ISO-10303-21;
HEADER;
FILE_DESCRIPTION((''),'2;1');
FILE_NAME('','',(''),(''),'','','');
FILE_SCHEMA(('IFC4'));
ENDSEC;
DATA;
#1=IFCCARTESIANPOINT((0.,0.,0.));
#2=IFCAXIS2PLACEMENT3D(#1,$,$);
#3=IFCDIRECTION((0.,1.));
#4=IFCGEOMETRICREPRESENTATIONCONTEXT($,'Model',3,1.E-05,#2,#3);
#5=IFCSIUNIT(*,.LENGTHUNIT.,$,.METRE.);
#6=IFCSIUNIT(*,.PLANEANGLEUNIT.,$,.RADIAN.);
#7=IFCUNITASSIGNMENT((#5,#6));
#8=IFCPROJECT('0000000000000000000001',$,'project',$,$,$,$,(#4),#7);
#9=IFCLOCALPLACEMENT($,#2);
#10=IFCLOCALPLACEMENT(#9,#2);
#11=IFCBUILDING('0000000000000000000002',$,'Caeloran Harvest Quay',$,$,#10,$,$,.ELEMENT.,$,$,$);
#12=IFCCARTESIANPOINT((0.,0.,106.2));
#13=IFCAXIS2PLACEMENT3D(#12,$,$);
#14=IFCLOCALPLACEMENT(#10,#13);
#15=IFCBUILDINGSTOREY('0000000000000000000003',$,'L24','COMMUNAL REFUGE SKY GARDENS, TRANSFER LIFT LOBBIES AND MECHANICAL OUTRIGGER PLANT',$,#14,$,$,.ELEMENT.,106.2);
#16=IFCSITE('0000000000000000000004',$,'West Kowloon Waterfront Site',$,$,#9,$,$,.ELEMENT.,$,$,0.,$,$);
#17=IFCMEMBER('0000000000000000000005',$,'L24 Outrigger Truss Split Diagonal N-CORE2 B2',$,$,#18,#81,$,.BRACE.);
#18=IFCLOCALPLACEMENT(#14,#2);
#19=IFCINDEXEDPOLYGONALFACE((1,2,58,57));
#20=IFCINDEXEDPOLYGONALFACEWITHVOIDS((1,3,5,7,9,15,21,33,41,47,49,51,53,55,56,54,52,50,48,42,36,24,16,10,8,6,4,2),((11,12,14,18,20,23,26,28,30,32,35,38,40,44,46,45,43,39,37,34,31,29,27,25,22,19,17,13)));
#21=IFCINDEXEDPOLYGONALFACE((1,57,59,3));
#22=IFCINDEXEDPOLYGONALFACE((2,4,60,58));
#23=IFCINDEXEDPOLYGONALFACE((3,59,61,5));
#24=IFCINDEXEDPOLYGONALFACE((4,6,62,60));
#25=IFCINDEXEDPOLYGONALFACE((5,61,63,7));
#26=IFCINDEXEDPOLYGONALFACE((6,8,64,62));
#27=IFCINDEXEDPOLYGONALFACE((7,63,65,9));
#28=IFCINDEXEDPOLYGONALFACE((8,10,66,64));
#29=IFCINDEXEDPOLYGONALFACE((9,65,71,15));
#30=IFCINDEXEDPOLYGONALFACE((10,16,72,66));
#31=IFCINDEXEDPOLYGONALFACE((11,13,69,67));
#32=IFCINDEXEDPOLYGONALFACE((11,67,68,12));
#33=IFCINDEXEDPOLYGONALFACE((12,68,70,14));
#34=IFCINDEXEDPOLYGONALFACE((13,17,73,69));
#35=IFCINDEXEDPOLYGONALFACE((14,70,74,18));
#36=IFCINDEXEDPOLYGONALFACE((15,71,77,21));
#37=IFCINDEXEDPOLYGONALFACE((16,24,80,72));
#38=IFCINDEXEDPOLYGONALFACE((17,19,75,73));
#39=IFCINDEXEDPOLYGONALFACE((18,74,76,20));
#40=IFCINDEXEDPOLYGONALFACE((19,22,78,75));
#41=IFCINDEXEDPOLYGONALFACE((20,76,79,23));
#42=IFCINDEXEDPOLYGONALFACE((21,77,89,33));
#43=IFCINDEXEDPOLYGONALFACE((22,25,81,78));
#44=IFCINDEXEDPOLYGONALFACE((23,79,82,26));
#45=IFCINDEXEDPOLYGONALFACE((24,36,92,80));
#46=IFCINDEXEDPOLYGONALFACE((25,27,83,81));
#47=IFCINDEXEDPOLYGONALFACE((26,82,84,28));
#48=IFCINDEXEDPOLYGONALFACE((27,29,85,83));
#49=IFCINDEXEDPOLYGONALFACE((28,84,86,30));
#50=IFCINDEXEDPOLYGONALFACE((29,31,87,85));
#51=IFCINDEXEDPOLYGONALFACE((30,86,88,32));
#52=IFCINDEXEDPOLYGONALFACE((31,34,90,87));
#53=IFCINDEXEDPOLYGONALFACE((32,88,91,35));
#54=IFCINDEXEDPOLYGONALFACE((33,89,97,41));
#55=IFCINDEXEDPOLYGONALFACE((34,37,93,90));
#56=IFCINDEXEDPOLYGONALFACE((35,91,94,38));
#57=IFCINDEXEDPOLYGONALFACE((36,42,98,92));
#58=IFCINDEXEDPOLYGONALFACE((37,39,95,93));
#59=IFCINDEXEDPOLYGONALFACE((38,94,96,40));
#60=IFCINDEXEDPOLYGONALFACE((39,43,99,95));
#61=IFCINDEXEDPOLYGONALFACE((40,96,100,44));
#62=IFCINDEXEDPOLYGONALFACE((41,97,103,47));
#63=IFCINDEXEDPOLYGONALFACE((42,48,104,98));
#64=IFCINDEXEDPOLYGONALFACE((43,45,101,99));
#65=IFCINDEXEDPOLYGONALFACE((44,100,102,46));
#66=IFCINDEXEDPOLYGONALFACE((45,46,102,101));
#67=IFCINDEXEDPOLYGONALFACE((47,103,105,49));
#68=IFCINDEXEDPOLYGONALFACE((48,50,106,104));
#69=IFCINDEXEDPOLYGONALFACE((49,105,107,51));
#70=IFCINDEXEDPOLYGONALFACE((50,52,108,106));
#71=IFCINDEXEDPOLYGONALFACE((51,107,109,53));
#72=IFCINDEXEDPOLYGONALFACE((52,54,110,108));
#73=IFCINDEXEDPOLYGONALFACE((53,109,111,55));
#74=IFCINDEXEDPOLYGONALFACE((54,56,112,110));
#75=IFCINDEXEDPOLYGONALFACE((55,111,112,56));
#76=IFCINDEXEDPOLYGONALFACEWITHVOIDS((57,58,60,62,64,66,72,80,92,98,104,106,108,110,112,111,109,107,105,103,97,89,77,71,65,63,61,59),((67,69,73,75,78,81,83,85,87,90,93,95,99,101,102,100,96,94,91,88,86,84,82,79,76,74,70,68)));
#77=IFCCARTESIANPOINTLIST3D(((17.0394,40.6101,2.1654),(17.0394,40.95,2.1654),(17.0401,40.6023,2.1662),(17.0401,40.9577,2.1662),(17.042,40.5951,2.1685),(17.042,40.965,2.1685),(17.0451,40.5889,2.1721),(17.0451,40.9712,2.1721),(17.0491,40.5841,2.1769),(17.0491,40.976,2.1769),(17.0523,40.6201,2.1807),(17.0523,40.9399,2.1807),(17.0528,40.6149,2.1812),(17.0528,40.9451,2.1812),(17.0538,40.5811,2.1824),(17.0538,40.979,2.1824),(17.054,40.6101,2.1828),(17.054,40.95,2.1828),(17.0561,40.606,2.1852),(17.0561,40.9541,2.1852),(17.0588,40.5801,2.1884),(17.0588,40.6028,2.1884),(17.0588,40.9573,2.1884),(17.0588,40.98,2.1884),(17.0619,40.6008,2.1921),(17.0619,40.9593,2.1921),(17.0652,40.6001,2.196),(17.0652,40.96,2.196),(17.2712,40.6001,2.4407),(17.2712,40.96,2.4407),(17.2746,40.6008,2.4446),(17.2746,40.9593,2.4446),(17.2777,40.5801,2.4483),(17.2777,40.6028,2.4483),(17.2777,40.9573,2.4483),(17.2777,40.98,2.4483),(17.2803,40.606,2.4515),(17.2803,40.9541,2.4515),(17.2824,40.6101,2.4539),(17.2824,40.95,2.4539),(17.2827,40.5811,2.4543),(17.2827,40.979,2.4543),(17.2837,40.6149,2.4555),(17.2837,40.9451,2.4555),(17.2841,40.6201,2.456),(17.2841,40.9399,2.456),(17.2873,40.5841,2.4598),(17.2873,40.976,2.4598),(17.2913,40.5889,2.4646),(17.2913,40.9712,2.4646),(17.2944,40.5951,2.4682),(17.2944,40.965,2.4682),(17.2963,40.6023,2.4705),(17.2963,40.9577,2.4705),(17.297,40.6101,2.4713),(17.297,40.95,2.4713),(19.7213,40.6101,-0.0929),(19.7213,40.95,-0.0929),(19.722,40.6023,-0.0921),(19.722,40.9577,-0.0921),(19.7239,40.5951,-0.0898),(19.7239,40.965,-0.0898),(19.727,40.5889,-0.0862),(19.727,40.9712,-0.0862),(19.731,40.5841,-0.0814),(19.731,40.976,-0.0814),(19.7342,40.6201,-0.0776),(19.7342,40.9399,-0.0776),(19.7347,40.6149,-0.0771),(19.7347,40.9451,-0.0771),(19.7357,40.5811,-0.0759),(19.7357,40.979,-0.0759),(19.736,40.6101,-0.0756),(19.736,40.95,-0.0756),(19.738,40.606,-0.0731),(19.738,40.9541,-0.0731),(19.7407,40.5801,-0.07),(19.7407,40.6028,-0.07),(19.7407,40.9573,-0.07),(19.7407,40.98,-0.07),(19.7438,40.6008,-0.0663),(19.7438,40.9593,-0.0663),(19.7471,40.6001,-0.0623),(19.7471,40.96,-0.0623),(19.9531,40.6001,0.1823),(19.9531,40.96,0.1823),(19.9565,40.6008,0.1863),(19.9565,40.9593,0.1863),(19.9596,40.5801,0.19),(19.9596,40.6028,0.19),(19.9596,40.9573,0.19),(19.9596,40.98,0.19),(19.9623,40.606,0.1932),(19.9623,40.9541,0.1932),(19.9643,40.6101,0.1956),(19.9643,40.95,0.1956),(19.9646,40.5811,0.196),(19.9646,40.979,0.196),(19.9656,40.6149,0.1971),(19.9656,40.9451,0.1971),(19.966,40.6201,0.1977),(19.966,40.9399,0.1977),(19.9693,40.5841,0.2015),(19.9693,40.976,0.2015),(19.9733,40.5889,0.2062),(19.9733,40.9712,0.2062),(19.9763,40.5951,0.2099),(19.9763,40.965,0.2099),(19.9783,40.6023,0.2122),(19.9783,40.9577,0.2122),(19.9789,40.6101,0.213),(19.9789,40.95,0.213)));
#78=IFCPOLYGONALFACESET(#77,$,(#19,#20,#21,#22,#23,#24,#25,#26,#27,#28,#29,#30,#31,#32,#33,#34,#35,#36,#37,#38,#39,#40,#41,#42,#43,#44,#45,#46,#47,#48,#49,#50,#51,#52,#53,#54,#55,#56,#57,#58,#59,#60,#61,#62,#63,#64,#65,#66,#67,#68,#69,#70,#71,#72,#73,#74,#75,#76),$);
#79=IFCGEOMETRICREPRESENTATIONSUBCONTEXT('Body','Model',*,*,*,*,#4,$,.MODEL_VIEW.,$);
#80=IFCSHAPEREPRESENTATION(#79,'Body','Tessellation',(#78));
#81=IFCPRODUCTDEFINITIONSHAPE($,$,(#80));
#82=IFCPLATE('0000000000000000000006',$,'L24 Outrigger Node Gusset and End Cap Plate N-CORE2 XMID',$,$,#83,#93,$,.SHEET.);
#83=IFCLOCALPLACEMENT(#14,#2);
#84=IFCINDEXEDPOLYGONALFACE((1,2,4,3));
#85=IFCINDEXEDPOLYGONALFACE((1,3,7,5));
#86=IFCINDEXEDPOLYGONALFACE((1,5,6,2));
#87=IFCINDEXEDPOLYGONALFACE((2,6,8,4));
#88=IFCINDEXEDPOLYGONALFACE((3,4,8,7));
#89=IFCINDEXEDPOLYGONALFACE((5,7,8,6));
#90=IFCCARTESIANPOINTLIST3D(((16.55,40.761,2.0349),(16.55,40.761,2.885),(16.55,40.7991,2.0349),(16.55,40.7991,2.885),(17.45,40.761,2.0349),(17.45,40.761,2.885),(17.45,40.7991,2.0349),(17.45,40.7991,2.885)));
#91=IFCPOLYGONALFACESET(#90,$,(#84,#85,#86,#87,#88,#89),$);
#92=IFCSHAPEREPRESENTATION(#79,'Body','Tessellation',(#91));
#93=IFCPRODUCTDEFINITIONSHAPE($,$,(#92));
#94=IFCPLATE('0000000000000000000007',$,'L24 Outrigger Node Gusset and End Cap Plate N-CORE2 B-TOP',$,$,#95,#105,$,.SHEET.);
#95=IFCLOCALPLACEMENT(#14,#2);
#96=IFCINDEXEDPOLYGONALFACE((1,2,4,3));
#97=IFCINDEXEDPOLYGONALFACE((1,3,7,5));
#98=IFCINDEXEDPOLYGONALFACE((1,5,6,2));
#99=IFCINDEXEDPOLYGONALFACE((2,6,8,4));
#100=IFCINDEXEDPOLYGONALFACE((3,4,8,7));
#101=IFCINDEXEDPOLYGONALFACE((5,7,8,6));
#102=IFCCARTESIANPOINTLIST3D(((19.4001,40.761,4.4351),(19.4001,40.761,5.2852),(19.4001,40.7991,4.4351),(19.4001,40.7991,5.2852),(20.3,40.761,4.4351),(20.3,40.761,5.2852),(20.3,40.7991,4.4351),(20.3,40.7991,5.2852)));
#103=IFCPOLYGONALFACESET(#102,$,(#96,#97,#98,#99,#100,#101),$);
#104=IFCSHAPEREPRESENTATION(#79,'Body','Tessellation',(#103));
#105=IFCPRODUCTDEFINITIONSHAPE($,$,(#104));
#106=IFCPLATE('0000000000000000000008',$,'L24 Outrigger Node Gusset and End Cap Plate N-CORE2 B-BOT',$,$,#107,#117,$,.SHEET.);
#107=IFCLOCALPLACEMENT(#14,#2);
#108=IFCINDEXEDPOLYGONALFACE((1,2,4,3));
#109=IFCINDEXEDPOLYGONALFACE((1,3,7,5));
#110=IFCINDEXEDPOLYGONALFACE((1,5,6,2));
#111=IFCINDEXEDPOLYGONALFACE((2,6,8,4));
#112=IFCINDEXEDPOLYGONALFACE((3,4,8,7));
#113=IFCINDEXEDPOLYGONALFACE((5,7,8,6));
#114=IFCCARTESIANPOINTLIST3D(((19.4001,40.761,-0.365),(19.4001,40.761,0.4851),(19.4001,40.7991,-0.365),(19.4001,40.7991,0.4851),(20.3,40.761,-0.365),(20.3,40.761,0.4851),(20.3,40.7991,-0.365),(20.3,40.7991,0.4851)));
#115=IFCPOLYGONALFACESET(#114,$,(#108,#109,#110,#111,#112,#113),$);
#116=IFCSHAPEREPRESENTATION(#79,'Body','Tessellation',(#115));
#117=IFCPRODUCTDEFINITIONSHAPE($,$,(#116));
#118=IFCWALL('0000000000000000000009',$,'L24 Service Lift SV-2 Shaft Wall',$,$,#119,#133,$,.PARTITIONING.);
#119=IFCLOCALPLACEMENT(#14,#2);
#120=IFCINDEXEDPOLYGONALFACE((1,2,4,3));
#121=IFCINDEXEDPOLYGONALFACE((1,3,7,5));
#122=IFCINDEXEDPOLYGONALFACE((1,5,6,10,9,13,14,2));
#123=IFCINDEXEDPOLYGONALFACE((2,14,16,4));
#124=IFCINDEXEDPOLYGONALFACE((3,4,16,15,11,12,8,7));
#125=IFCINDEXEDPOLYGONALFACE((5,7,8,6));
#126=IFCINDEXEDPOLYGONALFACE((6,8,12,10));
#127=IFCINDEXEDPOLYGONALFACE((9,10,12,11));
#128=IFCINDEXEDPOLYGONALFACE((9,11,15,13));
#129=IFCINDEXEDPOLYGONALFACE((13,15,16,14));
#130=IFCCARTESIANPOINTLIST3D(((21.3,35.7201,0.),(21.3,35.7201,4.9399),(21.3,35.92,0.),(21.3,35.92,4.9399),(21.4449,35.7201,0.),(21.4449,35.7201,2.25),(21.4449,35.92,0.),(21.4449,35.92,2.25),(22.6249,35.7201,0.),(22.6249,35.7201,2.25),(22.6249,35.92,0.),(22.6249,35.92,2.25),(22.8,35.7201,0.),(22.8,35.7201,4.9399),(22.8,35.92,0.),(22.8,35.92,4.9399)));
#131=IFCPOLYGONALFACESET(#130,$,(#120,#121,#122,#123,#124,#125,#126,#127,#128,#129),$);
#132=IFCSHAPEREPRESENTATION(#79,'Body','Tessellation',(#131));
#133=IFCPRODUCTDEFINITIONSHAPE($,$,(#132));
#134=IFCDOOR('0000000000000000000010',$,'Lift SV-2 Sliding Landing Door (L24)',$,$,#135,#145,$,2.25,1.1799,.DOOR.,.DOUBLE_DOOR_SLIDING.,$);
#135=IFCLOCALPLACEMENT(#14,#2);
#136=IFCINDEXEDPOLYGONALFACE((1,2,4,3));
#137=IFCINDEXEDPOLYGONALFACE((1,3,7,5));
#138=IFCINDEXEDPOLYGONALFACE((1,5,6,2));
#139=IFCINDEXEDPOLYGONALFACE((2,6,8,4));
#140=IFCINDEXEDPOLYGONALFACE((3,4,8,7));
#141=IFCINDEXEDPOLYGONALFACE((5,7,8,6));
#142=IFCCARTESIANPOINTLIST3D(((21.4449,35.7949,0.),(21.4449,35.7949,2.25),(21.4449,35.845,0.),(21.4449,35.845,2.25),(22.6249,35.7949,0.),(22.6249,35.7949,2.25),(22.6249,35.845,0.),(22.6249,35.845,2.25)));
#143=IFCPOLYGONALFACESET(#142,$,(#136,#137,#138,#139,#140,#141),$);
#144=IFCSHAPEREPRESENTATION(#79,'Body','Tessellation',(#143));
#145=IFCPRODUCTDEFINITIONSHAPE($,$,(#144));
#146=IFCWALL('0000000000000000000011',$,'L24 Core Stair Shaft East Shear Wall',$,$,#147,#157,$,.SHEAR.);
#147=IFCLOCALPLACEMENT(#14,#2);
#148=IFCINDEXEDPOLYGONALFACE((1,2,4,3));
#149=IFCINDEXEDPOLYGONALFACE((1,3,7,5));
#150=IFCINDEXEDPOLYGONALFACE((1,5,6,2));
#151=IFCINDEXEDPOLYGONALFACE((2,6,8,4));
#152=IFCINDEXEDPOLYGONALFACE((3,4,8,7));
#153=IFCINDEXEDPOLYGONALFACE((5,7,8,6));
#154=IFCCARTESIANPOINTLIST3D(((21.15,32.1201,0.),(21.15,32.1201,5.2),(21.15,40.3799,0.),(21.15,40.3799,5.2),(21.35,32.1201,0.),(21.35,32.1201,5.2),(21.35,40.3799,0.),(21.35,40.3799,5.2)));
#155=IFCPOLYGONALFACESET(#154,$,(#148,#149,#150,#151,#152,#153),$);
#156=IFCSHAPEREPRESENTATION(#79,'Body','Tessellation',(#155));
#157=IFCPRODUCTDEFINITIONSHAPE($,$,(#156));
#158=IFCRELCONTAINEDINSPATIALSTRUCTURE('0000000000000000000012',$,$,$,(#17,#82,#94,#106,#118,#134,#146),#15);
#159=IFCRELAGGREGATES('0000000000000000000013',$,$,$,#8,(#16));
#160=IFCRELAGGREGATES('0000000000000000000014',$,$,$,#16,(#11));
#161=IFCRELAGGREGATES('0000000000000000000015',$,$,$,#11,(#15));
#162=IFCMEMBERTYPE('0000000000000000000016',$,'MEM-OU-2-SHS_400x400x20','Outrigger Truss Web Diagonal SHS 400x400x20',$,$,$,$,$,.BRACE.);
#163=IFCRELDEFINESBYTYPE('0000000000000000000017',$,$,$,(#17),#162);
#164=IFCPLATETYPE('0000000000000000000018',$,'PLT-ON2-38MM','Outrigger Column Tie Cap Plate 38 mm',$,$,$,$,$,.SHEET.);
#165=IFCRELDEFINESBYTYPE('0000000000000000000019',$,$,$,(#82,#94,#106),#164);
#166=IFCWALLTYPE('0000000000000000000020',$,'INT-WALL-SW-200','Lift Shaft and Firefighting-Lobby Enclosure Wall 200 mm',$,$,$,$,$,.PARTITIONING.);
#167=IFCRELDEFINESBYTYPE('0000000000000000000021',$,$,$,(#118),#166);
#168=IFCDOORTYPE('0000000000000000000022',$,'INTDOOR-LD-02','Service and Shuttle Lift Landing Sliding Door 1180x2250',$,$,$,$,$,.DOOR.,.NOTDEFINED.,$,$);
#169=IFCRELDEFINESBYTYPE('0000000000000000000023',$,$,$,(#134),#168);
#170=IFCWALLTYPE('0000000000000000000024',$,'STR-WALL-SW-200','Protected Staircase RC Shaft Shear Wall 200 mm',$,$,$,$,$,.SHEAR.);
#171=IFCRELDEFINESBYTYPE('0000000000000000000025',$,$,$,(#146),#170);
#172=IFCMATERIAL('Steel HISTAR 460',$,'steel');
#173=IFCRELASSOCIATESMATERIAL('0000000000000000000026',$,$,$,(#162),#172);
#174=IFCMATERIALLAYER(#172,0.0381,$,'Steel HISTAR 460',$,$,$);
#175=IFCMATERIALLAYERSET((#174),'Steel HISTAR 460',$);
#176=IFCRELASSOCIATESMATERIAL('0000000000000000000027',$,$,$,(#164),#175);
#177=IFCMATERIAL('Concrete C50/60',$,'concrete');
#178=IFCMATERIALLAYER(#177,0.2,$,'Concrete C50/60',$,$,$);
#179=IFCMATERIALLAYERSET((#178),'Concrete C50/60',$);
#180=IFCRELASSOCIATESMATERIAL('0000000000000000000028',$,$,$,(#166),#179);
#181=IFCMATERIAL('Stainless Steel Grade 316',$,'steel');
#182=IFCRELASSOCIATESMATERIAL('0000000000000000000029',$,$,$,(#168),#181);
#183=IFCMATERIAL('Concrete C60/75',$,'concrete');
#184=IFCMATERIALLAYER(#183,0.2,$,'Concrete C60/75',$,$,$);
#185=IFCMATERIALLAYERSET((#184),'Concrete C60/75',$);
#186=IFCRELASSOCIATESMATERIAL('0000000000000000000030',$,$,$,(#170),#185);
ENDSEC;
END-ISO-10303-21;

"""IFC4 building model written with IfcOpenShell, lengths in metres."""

from ifc_helpers import new_model, si_unit, direction, frame, frame_2d, origin, origin_2d, place, context, subcontext, project, spatial, rectangle, hollow_rectangle, extrude, material, layer, layer_set, material_profile, profile_set, type_object, element, fill, save


model = new_model("IFC4")

# Units and contexts
model_context = context("Model", 3, precision=1e-05, world=origin(), true_north=direction((0.0, 1.0)))
body_context = subcontext(model_context, "Body", "Model", "MODEL_VIEW")
ifc_project = project(units=[si_unit("LENGTHUNIT", "METRE"), si_unit("PLANEANGLEUNIT", "RADIAN")], contexts=[model_context])

# Site, building, storey
site_placement = place(None, origin())
site = spatial("IfcSite", under=ifc_project, at=site_placement, Name="West Kowloon Waterfront Site", CompositionType="ELEMENT", RefElevation=0.0)
building_placement = place(site_placement, origin())
building = spatial("IfcBuilding", under=site, at=building_placement, Name="Caeloran Harvest Quay", CompositionType="ELEMENT")
storey_placement = place(building_placement, frame((0.0, 0.0, 106.2)))
storey = spatial("IfcBuildingStorey", under=building, at=storey_placement, Name="L24", Description="COMMUNAL REFUGE SKY GARDENS, TRANSFER LIFT LOBBIES AND MECHANICAL OUTRIGGER PLANT", CompositionType="ELEMENT", Elevation=106.2)

# Member
ifc_material_1 = material(Name="Steel HISTAR 460", Category="steel")
ifc_material_profile = material_profile(ifc_material_1, hollow_rectangle(XDim=0.3999, YDim=0.3999, WallThickness=0.02, InnerFilletRadius=0.02, OuterFilletRadius=0.03, at=origin_2d()), Name="SHS 400x400x20")
ifc_profile_set = profile_set([ifc_material_profile], Name="Steel HISTAR 460")
member_type = type_object("IfcMemberType", Name="MEM-OU-2-SHS_400x400x20", Description="Outrigger Truss Web Diagonal SHS 400x400x20", PredefinedType="BRACE", material=ifc_profile_set)
member_placement = place(storey_placement, frame((17.1682, 40.78, 2.3184), z_axis=(0.764929, 0.0, -0.644114), x_axis=(0.0, 1.0, 0.0)))
element("IfcMember", 1, at=member_placement, inside=storey, type_object=member_type, Name="L24 Outrigger Truss Split Diagonal N-CORE2 B2", PredefinedType="BRACE", context=body_context, shape_type="SweptSolid", body=[
    extrude(hollow_rectangle(XDim=0.3999, YDim=0.3999, WallThickness=0.02, InnerFilletRadius=0.02, OuterFilletRadius=0.03, at=origin_2d()), origin(), (0.0, 0.0, 1.0), 3.5061),
])

# Plates
ifc_layer_1 = layer(ifc_material_1, 0.0381, Name="Steel HISTAR 460")
ifc_layer_set_1 = layer_set([ifc_layer_1], Name="Steel HISTAR 460")
plate_type = type_object("IfcPlateType", Name="PLT-ON2-38MM", Description="Outrigger Column Tie Cap Plate 38 mm", PredefinedType="SHEET", material=ifc_layer_set_1)
for number, where, z_axis, x_axis, name in (
    (2, (17.0, 40.78, 2.0349), (0.0, 0.0, 1.0), (1.0, 0.0, 0.0), "L24 Outrigger Node Gusset and End Cap Plate N-CORE2 XMID"),
    (3, (19.8501, 40.78, 4.4351), (0.0, 0.0, 1.0), (1.0, 0.0, 0.0), "L24 Outrigger Node Gusset and End Cap Plate N-CORE2 B-TOP"),
    (4, (19.8501, 40.78, -0.365), (0.0, 0.0, 1.0), (1.0, 0.0, 0.0), "L24 Outrigger Node Gusset and End Cap Plate N-CORE2 B-BOT"),
):
    element("IfcPlate", number, at=place(storey_placement, frame(where, z_axis=z_axis, x_axis=x_axis)), inside=storey, type_object=plate_type, Name=name, PredefinedType="SHEET", context=body_context, shape_type="SweptSolid", body=[
        extrude(rectangle(XDim=0.8999, YDim=0.0381, at=origin_2d()), origin(), (0.0, 0.0, 1.0), 0.8501),
    ])

# Wall, opening, door
ifc_material_2 = material(Name="Concrete C50/60", Category="concrete")
ifc_layer_2 = layer(ifc_material_2, 0.2, Name="Concrete C50/60")
ifc_layer_set_2 = layer_set([ifc_layer_2], Name="Concrete C50/60")
wall_type_1 = type_object("IfcWallType", Name="INT-WALL-SW-200", Description="Lift Shaft and Firefighting-Lobby Enclosure Wall 200 mm", PredefinedType="PARTITIONING", material=ifc_layer_set_2)
wall_1_placement = place(storey_placement, frame((21.3, 35.8201, 0.0), z_axis=(0.0, 0.0, 1.0), x_axis=(1.0, 0.0, 0.0)))
wall_1 = element("IfcWall", 5, at=wall_1_placement, inside=storey, type_object=wall_type_1, Name="L24 Service Lift SV-2 Shaft Wall", PredefinedType="PARTITIONING", context=body_context, shape_type="SweptSolid", body=[
    extrude(rectangle(XDim=1.5, YDim=0.2, at=frame_2d((0.75, 0.0))), origin(), (0.0, 0.0, 1.0), 4.9399),
])
opening_placement = place(wall_1_placement, frame((0.145, 0.0, 0.0)))
opening = element("IfcOpeningElement", 6, at=opening_placement, cuts=wall_1, PredefinedType="OPENING", context=body_context, shape_type="SweptSolid", body=[
    extrude(rectangle(XDim=1.1799, YDim=2.25, at=frame_2d((0.5898, 1.125))), frame((0.0, 0.1099, 0.0), z_axis=(0.0, -1.0, 0.0), x_axis=(1.0, 0.0, 0.0)), (0.0, 0.0, 1.0), 0.22),
])
ifc_material_3 = material(Name="Stainless Steel Grade 316", Category="steel")
door_type = type_object("IfcDoorType", Name="INTDOOR-LD-02", Description="Service and Shuttle Lift Landing Sliding Door 1180x2250", OperationType="NOTDEFINED", PredefinedType="DOOR", material=ifc_material_3)
door_placement = place(opening_placement, origin())
door = element("IfcDoor", 7, at=door_placement, inside=storey, type_object=door_type, Name="Lift SV-2 Sliding Landing Door (L24)", OperationType="DOUBLE_DOOR_SLIDING", OverallHeight=2.25, OverallWidth=1.1799, PredefinedType="DOOR", context=body_context, shape_type="SweptSolid", body=[
    extrude(rectangle(XDim=1.1799, YDim=2.25, at=frame_2d((0.5898, 1.125))), frame((0.0, 0.0249, 0.0), z_axis=(0.0, -1.0, 0.0), x_axis=(1.0, 0.0, 0.0)), (0.0, 0.0, 1.0), 0.05),
])
fill(opening, door)

# Wall
ifc_material_4 = material(Name="Concrete C60/75", Category="concrete")
ifc_layer_3 = layer(ifc_material_4, 0.2, Name="Concrete C60/75")
ifc_layer_set_3 = layer_set([ifc_layer_3], Name="Concrete C60/75")
wall_type_2 = type_object("IfcWallType", Name="STR-WALL-SW-200", Description="Protected Staircase RC Shaft Shear Wall 200 mm", PredefinedType="SHEAR", material=ifc_layer_set_3)
wall_2_placement = place(storey_placement, frame((21.25, 32.1201, 0.0), z_axis=(0.0, 0.0, 1.0), x_axis=(0.0, 1.0, 0.0)))
element("IfcWall", 8, at=wall_2_placement, inside=storey, type_object=wall_type_2, Name="L24 Core Stair Shaft East Shear Wall", PredefinedType="SHEAR", context=body_context, shape_type="SweptSolid", body=[
    extrude(rectangle(XDim=8.2598, YDim=0.2, at=frame_2d((4.1299, 0.0))), origin(), (0.0, 0.0, 1.0), 5.2),
])

save(model, "model.ifc")
